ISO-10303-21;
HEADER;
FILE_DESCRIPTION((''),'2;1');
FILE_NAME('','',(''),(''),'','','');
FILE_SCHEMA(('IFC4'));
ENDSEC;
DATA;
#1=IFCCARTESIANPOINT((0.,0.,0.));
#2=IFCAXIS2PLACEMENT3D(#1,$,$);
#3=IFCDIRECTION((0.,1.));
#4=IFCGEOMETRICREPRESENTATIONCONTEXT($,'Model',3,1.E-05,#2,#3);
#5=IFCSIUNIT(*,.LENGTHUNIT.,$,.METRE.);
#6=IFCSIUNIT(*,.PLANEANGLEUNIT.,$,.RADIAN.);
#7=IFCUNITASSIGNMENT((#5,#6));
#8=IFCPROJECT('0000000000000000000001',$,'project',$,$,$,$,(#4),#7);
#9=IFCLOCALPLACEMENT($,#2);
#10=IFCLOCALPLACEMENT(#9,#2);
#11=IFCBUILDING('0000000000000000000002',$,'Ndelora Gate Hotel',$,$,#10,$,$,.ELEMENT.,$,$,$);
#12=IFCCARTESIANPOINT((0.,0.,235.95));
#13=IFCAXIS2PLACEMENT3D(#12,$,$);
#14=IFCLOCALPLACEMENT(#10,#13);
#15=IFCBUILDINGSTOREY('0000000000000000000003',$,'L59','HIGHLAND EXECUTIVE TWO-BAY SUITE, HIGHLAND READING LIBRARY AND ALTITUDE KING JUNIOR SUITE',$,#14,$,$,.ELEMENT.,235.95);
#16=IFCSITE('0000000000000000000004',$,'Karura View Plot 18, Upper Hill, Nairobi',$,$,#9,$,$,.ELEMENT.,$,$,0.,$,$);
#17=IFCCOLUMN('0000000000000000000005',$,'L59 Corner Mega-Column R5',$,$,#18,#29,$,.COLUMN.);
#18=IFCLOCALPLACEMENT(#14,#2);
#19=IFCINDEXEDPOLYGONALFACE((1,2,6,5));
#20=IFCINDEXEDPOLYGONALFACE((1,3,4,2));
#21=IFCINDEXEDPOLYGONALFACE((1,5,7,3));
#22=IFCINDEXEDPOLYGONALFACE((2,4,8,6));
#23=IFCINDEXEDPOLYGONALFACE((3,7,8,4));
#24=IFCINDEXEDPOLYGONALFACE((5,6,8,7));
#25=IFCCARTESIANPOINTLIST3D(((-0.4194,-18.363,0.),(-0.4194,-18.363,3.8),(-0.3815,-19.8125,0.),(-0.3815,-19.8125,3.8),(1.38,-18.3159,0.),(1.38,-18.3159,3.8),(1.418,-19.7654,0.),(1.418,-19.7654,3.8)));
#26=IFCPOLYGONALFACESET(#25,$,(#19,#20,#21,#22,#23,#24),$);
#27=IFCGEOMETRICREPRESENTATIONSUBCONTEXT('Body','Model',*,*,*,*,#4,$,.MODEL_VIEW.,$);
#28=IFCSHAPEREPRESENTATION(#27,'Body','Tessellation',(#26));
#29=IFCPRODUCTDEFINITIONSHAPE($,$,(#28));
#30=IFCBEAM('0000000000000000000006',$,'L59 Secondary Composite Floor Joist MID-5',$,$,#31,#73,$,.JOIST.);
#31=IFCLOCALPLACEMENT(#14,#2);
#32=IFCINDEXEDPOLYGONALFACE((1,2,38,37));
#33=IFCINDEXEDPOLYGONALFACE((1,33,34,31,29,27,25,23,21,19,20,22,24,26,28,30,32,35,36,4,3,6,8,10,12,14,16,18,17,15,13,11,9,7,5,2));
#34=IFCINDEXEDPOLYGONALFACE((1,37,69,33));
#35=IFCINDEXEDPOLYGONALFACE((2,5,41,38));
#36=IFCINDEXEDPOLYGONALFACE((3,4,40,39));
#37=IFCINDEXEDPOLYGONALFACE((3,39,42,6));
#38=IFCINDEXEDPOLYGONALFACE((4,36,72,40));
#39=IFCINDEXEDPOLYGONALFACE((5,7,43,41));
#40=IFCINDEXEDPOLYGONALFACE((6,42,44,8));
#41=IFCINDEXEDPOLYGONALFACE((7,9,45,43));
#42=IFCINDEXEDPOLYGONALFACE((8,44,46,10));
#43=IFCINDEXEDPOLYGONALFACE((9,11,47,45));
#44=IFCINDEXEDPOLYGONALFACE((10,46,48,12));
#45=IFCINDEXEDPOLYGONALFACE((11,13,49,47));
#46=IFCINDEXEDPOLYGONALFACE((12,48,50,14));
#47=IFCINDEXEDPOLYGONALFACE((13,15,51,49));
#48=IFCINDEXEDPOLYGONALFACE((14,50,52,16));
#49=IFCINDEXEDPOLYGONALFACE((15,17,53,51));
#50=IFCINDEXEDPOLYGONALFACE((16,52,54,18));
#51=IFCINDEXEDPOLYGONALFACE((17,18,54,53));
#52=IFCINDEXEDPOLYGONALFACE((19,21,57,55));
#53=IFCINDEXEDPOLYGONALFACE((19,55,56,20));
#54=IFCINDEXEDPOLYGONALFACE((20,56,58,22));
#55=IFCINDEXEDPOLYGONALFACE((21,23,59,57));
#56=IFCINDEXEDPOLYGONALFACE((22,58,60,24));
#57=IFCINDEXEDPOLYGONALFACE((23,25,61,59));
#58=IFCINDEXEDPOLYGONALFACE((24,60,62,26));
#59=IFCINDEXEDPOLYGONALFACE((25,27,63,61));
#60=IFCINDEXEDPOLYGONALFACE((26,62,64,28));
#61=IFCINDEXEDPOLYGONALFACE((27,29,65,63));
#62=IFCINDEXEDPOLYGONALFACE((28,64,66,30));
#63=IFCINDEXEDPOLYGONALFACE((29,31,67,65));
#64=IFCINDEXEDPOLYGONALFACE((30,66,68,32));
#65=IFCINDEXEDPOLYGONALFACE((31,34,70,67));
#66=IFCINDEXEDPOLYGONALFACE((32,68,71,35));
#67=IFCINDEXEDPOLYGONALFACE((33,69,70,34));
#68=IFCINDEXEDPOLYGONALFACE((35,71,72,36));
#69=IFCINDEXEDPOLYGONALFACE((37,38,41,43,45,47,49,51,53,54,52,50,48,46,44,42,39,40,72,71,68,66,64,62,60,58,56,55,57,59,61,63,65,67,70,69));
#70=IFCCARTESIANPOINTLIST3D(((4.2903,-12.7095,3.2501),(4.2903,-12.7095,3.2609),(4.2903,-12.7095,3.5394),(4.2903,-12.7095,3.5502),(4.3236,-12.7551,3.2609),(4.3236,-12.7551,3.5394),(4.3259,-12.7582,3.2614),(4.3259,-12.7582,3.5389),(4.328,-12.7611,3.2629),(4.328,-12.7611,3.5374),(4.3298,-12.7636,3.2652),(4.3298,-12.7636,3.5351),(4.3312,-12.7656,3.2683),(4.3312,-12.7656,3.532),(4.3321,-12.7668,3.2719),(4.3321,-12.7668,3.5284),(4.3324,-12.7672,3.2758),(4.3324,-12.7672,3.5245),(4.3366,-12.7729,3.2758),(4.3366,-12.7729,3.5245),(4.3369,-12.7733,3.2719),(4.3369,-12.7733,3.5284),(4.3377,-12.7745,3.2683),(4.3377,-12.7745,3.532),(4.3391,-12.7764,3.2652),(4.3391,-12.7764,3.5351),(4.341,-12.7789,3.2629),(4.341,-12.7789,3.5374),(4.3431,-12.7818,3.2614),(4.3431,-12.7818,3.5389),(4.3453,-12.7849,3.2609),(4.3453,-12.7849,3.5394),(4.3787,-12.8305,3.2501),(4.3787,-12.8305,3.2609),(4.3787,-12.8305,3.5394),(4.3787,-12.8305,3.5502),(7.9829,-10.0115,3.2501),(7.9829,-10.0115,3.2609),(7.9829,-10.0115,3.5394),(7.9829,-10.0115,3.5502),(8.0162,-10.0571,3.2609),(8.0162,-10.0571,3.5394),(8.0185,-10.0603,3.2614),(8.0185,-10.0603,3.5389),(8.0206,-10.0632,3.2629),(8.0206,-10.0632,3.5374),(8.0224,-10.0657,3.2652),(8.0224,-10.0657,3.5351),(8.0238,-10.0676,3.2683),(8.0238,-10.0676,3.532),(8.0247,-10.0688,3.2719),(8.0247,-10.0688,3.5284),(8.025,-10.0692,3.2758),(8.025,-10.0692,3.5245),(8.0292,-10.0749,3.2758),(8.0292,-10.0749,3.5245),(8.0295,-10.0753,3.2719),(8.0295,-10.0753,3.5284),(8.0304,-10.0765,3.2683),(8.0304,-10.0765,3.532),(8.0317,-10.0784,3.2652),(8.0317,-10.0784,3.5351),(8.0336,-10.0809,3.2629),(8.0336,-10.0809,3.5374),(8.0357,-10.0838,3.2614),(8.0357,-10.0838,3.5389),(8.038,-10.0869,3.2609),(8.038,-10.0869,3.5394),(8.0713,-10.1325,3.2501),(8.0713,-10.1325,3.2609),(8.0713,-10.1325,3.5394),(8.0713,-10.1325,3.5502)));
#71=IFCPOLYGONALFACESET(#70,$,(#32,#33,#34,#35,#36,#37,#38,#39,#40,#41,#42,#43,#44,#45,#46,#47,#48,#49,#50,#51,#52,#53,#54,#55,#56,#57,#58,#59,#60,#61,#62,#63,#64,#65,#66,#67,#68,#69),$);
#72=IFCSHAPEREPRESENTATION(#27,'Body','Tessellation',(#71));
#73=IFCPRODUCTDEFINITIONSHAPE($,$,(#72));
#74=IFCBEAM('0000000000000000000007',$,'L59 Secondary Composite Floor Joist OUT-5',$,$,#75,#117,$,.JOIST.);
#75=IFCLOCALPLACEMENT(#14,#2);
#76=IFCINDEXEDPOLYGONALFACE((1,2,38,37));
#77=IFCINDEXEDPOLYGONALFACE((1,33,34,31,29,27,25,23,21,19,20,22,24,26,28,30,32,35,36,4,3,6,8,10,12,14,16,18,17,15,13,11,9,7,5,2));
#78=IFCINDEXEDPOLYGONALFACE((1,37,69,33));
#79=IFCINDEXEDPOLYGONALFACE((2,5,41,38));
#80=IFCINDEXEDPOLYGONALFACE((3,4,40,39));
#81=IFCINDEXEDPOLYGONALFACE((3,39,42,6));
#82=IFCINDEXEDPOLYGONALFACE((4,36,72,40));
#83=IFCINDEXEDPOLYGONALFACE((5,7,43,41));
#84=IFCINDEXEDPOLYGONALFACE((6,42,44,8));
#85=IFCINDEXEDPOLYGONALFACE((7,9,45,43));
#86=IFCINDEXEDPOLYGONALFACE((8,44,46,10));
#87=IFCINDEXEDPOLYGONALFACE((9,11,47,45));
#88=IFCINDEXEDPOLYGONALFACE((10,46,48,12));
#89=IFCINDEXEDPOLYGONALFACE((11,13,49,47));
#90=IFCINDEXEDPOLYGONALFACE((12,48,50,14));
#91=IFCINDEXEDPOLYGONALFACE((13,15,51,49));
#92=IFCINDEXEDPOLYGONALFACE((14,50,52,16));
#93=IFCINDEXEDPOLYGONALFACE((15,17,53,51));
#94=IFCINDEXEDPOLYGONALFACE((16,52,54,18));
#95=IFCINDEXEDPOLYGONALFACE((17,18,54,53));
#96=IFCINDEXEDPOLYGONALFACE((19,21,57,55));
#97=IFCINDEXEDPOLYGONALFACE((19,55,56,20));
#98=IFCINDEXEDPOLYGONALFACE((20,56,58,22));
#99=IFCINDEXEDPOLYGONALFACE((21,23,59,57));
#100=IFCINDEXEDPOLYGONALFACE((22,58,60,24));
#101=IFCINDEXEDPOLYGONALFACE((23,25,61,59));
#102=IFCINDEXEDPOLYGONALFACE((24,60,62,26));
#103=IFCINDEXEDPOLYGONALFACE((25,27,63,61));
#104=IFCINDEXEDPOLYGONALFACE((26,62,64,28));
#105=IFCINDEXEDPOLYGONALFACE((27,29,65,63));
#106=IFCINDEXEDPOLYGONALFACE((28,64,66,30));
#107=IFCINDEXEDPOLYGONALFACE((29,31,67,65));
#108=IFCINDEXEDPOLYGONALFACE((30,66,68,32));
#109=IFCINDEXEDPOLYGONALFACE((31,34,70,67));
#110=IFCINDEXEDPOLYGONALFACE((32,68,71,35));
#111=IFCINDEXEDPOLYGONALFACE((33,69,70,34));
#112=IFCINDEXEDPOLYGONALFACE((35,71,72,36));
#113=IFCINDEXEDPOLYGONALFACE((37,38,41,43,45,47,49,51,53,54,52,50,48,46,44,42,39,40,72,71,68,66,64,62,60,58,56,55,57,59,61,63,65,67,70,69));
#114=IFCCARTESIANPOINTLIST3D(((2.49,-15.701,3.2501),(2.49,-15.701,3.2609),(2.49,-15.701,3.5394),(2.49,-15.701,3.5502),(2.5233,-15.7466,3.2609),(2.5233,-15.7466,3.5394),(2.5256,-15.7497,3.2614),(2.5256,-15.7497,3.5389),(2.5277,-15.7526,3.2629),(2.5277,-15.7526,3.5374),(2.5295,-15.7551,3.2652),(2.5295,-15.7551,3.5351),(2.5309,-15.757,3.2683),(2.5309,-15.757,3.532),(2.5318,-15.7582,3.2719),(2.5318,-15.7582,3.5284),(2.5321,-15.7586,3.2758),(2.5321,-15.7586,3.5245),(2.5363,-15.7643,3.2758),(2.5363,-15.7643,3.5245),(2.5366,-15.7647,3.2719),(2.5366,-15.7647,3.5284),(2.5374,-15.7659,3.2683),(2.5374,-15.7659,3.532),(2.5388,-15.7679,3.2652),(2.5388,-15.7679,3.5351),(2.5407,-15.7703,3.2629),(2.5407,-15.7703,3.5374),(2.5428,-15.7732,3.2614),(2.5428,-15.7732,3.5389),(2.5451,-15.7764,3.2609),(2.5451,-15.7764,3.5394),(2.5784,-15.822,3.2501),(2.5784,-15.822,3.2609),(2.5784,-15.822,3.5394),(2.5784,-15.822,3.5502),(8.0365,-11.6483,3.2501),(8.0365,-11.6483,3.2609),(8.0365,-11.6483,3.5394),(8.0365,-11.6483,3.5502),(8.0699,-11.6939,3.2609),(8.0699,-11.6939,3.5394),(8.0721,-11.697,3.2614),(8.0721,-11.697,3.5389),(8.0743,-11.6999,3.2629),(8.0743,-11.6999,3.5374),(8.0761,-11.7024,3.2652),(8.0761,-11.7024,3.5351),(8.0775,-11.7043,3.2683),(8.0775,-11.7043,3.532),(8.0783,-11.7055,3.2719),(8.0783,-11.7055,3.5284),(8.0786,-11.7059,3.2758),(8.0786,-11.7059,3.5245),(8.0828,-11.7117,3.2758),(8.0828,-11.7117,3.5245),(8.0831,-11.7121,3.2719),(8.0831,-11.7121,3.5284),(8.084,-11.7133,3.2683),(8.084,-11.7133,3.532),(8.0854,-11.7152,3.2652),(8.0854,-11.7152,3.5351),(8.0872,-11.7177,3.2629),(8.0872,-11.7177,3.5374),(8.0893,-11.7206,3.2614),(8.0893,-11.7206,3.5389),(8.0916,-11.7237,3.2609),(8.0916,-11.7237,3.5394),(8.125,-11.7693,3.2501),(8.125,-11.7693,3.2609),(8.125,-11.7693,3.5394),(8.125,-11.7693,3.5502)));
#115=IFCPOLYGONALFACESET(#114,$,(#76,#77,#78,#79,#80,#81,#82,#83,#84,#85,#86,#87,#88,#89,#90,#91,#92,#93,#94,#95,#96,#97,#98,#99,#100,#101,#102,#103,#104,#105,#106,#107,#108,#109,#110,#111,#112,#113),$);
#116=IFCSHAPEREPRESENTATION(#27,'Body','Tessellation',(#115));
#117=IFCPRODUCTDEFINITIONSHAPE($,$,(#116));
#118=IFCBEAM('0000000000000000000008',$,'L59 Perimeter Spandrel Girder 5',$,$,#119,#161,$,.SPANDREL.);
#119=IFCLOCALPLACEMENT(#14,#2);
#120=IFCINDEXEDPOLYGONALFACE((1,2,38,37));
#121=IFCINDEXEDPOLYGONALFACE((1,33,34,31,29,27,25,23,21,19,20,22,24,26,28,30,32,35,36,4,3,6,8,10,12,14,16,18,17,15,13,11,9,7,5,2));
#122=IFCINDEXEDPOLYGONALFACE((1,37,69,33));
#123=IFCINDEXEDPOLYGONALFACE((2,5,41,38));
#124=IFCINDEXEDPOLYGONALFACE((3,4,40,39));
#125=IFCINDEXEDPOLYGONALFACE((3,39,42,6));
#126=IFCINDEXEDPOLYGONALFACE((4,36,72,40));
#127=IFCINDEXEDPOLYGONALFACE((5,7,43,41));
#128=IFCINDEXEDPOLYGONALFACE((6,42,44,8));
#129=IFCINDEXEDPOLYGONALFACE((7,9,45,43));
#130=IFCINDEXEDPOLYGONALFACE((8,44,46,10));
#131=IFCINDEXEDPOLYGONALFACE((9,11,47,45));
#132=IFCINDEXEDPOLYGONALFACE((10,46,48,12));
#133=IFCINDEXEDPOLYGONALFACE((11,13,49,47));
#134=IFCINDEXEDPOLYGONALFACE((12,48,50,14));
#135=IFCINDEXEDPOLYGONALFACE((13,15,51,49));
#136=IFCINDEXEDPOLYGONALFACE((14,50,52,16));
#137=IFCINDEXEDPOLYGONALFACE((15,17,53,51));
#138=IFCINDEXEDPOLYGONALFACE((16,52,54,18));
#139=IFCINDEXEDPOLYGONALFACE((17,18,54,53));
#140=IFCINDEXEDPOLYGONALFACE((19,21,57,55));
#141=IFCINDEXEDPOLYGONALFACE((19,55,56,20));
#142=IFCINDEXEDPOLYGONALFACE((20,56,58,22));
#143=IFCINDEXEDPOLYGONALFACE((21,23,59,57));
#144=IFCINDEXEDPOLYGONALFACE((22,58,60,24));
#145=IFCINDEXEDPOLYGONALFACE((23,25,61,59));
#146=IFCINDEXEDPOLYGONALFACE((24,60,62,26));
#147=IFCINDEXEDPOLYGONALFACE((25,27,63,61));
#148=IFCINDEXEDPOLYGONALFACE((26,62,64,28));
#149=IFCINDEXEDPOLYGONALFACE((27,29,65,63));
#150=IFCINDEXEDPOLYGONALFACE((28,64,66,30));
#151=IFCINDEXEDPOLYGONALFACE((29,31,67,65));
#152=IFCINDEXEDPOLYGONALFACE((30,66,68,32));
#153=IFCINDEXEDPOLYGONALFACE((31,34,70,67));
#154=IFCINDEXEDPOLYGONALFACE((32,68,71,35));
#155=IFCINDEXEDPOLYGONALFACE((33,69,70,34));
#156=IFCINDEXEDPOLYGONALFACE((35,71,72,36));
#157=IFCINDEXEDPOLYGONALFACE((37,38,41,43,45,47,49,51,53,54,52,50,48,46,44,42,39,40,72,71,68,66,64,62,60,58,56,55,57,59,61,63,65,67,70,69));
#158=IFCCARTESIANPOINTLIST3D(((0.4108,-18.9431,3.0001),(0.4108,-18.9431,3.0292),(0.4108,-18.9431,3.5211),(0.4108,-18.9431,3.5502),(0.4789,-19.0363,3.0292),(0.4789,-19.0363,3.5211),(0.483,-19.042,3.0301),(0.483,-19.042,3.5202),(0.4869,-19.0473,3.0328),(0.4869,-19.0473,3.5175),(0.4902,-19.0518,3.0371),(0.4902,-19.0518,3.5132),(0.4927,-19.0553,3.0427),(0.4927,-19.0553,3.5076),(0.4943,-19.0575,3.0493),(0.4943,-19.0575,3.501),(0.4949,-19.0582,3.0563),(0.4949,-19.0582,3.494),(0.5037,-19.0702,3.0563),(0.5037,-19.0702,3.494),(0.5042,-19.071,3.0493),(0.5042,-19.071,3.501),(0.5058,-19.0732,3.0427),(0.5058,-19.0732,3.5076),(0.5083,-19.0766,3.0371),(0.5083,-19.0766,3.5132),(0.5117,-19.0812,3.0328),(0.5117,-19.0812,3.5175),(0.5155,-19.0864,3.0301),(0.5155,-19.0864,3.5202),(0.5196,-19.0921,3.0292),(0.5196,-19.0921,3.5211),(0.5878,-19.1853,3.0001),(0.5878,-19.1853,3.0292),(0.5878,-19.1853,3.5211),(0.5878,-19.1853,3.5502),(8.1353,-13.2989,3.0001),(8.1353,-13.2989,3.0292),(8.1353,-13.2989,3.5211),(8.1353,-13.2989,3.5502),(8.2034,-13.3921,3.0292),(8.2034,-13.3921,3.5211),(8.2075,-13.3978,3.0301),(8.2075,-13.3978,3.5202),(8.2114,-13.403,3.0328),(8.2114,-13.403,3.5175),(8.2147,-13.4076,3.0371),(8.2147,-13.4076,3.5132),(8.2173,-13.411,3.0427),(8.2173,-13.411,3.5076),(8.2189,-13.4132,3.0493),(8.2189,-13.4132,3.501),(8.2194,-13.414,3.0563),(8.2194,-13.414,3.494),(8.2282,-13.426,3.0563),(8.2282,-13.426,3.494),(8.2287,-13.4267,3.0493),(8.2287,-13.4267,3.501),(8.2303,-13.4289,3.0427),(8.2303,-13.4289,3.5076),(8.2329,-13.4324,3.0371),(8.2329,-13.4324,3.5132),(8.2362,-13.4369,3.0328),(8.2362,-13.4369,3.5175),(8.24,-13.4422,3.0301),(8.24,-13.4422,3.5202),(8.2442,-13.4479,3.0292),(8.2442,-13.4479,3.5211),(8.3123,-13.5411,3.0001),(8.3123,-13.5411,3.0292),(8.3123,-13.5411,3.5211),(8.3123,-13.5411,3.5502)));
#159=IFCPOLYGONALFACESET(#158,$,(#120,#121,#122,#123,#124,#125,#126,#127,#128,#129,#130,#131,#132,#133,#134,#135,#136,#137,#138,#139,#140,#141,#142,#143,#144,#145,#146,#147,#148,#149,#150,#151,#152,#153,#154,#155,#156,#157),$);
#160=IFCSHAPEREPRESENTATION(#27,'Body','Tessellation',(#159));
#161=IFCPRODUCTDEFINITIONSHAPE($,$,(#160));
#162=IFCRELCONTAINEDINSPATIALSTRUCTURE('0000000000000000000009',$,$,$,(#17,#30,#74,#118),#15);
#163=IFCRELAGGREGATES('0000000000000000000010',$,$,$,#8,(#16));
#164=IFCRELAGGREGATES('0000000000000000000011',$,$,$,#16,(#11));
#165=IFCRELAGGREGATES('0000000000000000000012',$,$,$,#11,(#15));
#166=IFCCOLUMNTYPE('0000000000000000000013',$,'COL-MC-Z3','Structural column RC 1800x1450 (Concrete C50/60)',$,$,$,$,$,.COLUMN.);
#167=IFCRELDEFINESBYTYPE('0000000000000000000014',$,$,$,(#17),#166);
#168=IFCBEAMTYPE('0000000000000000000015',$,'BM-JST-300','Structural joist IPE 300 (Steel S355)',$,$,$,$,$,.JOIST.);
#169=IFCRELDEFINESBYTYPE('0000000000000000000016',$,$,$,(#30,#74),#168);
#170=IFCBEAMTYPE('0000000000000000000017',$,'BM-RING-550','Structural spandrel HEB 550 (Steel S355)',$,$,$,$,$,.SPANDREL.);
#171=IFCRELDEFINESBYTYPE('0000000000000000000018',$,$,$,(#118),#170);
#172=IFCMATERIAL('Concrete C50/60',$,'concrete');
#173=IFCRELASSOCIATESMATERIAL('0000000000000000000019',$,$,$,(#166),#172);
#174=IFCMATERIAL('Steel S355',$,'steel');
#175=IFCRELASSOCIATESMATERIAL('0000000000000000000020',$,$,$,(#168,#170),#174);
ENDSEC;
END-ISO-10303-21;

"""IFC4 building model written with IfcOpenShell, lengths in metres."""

from ifc_helpers import new_model, si_unit, direction, frame, origin, origin_2d, place, context, subcontext, project, spatial, rectangle, i_section, extrude, material, material_profile, profile_set, type_object, element, save


model = new_model("IFC4")

# Units and contexts
model_context = context("Model", 3, precision=1e-05, world=origin(), true_north=direction((0.0, 1.0)))
body_context = subcontext(model_context, "Body", "Model", "MODEL_VIEW")
ifc_project = project(units=[si_unit("LENGTHUNIT", "METRE"), si_unit("PLANEANGLEUNIT", "RADIAN")], contexts=[model_context])

# Site, building, storey
site_placement = place(None, origin())
site = spatial("IfcSite", under=ifc_project, at=site_placement, Name="Karura View Plot 18, Upper Hill, Nairobi", CompositionType="ELEMENT", RefElevation=0.0)
building_placement = place(site_placement, origin())
building = spatial("IfcBuilding", under=site, at=building_placement, Name="Ndelora Gate Hotel", CompositionType="ELEMENT")
storey_placement = place(building_placement, frame((0.0, 0.0, 235.95)))
storey = spatial("IfcBuildingStorey", under=building, at=storey_placement, Name="L59", Description="HIGHLAND EXECUTIVE TWO-BAY SUITE, HIGHLAND READING LIBRARY AND ALTITUDE KING JUNIOR SUITE", CompositionType="ELEMENT", Elevation=235.95)

# Column
ifc_material_1 = material(Name="Concrete C50/60", Category="concrete")
ifc_material_profile_1 = material_profile(ifc_material_1, rectangle(XDim=1.45, YDim=1.8, at=origin_2d()), Name="RC 1800x1450")
ifc_profile_set_1 = profile_set([ifc_material_profile_1], Name="Concrete C50/60")
column_type = type_object("IfcColumnType", Name="COL-MC-Z3", Description="Structural column RC 1800x1450 (Concrete C50/60)", PredefinedType="COLUMN", material=ifc_profile_set_1)
column_placement = place(storey_placement, frame((0.4993, -19.0642, 0.0), z_axis=(0.0, 0.0, 1.0), x_axis=(-0.026177, 0.999657, 0.0)))
element("IfcColumn", 1, at=column_placement, inside=storey, type_object=column_type, Name="L59 Corner Mega-Column R5", PredefinedType="COLUMN", context=body_context, shape_type="SweptSolid", body=[
    extrude(rectangle(XDim=1.45, YDim=1.8, at=origin_2d()), origin(), (0.0, 0.0, 1.0), 3.8),
])

# Beams
ifc_material_2 = material(Name="Steel S355", Category="steel")
ifc_material_profile_2 = material_profile(ifc_material_2, i_section(OverallWidth=0.1499, OverallDepth=0.3, WebThickness=0.0071, FlangeThickness=0.0107, FilletRadius=0.0149, at=origin_2d()), Name="IPE 300")
ifc_profile_set_2 = profile_set([ifc_material_profile_2], Name="Steel S355")
beam_type_1 = type_object("IfcBeamType", Name="BM-JST-300", Description="Structural joist IPE 300 (Steel S355)", PredefinedType="JOIST", material=ifc_profile_set_2)
beam_1_placement = place(storey_placement, frame((4.3345, -12.77, 3.4001), z_axis=(0.807439, 0.589951, 0.0), x_axis=(-0.589951, 0.807439, 0.0)))
element("IfcBeam", 2, at=beam_1_placement, inside=storey, type_object=beam_type_1, Name="L59 Secondary Composite Floor Joist MID-5", PredefinedType="JOIST", context=body_context, shape_type="SweptSolid", body=[
    extrude(i_section(OverallWidth=0.1499, OverallDepth=0.3, WebThickness=0.0071, FlangeThickness=0.0107, FilletRadius=0.0149, at=origin_2d()), origin(), (0.0, 0.0, 1.0), 4.5732),
])
beam_2_placement = place(storey_placement, frame((2.5342, -15.7615, 3.4001), z_axis=(0.807431, 0.589962, 0.0), x_axis=(-0.589962, 0.807431, 0.0)))
element("IfcBeam", 3, at=beam_2_placement, inside=storey, type_object=beam_type_1, Name="L59 Secondary Composite Floor Joist OUT-5", PredefinedType="JOIST", context=body_context, shape_type="SweptSolid", body=[
    extrude(i_section(OverallWidth=0.1499, OverallDepth=0.3, WebThickness=0.0071, FlangeThickness=0.0107, FilletRadius=0.0149, at=origin_2d()), origin(), (0.0, 0.0, 1.0), 6.8694),
])
ifc_material_profile_3 = material_profile(ifc_material_2, i_section(OverallWidth=0.3, OverallDepth=0.55, WebThickness=0.0149, FlangeThickness=0.0291, FilletRadius=0.0271, at=origin_2d()), Name="HEB 550")
ifc_profile_set_3 = profile_set([ifc_material_profile_3], Name="Steel S355")
beam_type_2 = type_object("IfcBeamType", Name="BM-RING-550", Description="Structural spandrel HEB 550 (Steel S355)", PredefinedType="SPANDREL", material=ifc_profile_set_3)
beam_3_placement = place(storey_placement, frame((0.4993, -19.0642, 3.2751), z_axis=(0.807422, 0.589974, 0.0), x_axis=(-0.589974, 0.807422, 0.0)))
element("IfcBeam", 4, at=beam_3_placement, inside=storey, type_object=beam_type_2, Name="L59 Perimeter Spandrel Girder 5", PredefinedType="SPANDREL", context=body_context, shape_type="SweptSolid", body=[
    extrude(i_section(OverallWidth=0.3, OverallDepth=0.55, WebThickness=0.0149, FlangeThickness=0.0291, FilletRadius=0.0271, at=origin_2d()), origin(), (0.0, 0.0, 1.0), 9.5669),
])

save(model, "model.ifc")
